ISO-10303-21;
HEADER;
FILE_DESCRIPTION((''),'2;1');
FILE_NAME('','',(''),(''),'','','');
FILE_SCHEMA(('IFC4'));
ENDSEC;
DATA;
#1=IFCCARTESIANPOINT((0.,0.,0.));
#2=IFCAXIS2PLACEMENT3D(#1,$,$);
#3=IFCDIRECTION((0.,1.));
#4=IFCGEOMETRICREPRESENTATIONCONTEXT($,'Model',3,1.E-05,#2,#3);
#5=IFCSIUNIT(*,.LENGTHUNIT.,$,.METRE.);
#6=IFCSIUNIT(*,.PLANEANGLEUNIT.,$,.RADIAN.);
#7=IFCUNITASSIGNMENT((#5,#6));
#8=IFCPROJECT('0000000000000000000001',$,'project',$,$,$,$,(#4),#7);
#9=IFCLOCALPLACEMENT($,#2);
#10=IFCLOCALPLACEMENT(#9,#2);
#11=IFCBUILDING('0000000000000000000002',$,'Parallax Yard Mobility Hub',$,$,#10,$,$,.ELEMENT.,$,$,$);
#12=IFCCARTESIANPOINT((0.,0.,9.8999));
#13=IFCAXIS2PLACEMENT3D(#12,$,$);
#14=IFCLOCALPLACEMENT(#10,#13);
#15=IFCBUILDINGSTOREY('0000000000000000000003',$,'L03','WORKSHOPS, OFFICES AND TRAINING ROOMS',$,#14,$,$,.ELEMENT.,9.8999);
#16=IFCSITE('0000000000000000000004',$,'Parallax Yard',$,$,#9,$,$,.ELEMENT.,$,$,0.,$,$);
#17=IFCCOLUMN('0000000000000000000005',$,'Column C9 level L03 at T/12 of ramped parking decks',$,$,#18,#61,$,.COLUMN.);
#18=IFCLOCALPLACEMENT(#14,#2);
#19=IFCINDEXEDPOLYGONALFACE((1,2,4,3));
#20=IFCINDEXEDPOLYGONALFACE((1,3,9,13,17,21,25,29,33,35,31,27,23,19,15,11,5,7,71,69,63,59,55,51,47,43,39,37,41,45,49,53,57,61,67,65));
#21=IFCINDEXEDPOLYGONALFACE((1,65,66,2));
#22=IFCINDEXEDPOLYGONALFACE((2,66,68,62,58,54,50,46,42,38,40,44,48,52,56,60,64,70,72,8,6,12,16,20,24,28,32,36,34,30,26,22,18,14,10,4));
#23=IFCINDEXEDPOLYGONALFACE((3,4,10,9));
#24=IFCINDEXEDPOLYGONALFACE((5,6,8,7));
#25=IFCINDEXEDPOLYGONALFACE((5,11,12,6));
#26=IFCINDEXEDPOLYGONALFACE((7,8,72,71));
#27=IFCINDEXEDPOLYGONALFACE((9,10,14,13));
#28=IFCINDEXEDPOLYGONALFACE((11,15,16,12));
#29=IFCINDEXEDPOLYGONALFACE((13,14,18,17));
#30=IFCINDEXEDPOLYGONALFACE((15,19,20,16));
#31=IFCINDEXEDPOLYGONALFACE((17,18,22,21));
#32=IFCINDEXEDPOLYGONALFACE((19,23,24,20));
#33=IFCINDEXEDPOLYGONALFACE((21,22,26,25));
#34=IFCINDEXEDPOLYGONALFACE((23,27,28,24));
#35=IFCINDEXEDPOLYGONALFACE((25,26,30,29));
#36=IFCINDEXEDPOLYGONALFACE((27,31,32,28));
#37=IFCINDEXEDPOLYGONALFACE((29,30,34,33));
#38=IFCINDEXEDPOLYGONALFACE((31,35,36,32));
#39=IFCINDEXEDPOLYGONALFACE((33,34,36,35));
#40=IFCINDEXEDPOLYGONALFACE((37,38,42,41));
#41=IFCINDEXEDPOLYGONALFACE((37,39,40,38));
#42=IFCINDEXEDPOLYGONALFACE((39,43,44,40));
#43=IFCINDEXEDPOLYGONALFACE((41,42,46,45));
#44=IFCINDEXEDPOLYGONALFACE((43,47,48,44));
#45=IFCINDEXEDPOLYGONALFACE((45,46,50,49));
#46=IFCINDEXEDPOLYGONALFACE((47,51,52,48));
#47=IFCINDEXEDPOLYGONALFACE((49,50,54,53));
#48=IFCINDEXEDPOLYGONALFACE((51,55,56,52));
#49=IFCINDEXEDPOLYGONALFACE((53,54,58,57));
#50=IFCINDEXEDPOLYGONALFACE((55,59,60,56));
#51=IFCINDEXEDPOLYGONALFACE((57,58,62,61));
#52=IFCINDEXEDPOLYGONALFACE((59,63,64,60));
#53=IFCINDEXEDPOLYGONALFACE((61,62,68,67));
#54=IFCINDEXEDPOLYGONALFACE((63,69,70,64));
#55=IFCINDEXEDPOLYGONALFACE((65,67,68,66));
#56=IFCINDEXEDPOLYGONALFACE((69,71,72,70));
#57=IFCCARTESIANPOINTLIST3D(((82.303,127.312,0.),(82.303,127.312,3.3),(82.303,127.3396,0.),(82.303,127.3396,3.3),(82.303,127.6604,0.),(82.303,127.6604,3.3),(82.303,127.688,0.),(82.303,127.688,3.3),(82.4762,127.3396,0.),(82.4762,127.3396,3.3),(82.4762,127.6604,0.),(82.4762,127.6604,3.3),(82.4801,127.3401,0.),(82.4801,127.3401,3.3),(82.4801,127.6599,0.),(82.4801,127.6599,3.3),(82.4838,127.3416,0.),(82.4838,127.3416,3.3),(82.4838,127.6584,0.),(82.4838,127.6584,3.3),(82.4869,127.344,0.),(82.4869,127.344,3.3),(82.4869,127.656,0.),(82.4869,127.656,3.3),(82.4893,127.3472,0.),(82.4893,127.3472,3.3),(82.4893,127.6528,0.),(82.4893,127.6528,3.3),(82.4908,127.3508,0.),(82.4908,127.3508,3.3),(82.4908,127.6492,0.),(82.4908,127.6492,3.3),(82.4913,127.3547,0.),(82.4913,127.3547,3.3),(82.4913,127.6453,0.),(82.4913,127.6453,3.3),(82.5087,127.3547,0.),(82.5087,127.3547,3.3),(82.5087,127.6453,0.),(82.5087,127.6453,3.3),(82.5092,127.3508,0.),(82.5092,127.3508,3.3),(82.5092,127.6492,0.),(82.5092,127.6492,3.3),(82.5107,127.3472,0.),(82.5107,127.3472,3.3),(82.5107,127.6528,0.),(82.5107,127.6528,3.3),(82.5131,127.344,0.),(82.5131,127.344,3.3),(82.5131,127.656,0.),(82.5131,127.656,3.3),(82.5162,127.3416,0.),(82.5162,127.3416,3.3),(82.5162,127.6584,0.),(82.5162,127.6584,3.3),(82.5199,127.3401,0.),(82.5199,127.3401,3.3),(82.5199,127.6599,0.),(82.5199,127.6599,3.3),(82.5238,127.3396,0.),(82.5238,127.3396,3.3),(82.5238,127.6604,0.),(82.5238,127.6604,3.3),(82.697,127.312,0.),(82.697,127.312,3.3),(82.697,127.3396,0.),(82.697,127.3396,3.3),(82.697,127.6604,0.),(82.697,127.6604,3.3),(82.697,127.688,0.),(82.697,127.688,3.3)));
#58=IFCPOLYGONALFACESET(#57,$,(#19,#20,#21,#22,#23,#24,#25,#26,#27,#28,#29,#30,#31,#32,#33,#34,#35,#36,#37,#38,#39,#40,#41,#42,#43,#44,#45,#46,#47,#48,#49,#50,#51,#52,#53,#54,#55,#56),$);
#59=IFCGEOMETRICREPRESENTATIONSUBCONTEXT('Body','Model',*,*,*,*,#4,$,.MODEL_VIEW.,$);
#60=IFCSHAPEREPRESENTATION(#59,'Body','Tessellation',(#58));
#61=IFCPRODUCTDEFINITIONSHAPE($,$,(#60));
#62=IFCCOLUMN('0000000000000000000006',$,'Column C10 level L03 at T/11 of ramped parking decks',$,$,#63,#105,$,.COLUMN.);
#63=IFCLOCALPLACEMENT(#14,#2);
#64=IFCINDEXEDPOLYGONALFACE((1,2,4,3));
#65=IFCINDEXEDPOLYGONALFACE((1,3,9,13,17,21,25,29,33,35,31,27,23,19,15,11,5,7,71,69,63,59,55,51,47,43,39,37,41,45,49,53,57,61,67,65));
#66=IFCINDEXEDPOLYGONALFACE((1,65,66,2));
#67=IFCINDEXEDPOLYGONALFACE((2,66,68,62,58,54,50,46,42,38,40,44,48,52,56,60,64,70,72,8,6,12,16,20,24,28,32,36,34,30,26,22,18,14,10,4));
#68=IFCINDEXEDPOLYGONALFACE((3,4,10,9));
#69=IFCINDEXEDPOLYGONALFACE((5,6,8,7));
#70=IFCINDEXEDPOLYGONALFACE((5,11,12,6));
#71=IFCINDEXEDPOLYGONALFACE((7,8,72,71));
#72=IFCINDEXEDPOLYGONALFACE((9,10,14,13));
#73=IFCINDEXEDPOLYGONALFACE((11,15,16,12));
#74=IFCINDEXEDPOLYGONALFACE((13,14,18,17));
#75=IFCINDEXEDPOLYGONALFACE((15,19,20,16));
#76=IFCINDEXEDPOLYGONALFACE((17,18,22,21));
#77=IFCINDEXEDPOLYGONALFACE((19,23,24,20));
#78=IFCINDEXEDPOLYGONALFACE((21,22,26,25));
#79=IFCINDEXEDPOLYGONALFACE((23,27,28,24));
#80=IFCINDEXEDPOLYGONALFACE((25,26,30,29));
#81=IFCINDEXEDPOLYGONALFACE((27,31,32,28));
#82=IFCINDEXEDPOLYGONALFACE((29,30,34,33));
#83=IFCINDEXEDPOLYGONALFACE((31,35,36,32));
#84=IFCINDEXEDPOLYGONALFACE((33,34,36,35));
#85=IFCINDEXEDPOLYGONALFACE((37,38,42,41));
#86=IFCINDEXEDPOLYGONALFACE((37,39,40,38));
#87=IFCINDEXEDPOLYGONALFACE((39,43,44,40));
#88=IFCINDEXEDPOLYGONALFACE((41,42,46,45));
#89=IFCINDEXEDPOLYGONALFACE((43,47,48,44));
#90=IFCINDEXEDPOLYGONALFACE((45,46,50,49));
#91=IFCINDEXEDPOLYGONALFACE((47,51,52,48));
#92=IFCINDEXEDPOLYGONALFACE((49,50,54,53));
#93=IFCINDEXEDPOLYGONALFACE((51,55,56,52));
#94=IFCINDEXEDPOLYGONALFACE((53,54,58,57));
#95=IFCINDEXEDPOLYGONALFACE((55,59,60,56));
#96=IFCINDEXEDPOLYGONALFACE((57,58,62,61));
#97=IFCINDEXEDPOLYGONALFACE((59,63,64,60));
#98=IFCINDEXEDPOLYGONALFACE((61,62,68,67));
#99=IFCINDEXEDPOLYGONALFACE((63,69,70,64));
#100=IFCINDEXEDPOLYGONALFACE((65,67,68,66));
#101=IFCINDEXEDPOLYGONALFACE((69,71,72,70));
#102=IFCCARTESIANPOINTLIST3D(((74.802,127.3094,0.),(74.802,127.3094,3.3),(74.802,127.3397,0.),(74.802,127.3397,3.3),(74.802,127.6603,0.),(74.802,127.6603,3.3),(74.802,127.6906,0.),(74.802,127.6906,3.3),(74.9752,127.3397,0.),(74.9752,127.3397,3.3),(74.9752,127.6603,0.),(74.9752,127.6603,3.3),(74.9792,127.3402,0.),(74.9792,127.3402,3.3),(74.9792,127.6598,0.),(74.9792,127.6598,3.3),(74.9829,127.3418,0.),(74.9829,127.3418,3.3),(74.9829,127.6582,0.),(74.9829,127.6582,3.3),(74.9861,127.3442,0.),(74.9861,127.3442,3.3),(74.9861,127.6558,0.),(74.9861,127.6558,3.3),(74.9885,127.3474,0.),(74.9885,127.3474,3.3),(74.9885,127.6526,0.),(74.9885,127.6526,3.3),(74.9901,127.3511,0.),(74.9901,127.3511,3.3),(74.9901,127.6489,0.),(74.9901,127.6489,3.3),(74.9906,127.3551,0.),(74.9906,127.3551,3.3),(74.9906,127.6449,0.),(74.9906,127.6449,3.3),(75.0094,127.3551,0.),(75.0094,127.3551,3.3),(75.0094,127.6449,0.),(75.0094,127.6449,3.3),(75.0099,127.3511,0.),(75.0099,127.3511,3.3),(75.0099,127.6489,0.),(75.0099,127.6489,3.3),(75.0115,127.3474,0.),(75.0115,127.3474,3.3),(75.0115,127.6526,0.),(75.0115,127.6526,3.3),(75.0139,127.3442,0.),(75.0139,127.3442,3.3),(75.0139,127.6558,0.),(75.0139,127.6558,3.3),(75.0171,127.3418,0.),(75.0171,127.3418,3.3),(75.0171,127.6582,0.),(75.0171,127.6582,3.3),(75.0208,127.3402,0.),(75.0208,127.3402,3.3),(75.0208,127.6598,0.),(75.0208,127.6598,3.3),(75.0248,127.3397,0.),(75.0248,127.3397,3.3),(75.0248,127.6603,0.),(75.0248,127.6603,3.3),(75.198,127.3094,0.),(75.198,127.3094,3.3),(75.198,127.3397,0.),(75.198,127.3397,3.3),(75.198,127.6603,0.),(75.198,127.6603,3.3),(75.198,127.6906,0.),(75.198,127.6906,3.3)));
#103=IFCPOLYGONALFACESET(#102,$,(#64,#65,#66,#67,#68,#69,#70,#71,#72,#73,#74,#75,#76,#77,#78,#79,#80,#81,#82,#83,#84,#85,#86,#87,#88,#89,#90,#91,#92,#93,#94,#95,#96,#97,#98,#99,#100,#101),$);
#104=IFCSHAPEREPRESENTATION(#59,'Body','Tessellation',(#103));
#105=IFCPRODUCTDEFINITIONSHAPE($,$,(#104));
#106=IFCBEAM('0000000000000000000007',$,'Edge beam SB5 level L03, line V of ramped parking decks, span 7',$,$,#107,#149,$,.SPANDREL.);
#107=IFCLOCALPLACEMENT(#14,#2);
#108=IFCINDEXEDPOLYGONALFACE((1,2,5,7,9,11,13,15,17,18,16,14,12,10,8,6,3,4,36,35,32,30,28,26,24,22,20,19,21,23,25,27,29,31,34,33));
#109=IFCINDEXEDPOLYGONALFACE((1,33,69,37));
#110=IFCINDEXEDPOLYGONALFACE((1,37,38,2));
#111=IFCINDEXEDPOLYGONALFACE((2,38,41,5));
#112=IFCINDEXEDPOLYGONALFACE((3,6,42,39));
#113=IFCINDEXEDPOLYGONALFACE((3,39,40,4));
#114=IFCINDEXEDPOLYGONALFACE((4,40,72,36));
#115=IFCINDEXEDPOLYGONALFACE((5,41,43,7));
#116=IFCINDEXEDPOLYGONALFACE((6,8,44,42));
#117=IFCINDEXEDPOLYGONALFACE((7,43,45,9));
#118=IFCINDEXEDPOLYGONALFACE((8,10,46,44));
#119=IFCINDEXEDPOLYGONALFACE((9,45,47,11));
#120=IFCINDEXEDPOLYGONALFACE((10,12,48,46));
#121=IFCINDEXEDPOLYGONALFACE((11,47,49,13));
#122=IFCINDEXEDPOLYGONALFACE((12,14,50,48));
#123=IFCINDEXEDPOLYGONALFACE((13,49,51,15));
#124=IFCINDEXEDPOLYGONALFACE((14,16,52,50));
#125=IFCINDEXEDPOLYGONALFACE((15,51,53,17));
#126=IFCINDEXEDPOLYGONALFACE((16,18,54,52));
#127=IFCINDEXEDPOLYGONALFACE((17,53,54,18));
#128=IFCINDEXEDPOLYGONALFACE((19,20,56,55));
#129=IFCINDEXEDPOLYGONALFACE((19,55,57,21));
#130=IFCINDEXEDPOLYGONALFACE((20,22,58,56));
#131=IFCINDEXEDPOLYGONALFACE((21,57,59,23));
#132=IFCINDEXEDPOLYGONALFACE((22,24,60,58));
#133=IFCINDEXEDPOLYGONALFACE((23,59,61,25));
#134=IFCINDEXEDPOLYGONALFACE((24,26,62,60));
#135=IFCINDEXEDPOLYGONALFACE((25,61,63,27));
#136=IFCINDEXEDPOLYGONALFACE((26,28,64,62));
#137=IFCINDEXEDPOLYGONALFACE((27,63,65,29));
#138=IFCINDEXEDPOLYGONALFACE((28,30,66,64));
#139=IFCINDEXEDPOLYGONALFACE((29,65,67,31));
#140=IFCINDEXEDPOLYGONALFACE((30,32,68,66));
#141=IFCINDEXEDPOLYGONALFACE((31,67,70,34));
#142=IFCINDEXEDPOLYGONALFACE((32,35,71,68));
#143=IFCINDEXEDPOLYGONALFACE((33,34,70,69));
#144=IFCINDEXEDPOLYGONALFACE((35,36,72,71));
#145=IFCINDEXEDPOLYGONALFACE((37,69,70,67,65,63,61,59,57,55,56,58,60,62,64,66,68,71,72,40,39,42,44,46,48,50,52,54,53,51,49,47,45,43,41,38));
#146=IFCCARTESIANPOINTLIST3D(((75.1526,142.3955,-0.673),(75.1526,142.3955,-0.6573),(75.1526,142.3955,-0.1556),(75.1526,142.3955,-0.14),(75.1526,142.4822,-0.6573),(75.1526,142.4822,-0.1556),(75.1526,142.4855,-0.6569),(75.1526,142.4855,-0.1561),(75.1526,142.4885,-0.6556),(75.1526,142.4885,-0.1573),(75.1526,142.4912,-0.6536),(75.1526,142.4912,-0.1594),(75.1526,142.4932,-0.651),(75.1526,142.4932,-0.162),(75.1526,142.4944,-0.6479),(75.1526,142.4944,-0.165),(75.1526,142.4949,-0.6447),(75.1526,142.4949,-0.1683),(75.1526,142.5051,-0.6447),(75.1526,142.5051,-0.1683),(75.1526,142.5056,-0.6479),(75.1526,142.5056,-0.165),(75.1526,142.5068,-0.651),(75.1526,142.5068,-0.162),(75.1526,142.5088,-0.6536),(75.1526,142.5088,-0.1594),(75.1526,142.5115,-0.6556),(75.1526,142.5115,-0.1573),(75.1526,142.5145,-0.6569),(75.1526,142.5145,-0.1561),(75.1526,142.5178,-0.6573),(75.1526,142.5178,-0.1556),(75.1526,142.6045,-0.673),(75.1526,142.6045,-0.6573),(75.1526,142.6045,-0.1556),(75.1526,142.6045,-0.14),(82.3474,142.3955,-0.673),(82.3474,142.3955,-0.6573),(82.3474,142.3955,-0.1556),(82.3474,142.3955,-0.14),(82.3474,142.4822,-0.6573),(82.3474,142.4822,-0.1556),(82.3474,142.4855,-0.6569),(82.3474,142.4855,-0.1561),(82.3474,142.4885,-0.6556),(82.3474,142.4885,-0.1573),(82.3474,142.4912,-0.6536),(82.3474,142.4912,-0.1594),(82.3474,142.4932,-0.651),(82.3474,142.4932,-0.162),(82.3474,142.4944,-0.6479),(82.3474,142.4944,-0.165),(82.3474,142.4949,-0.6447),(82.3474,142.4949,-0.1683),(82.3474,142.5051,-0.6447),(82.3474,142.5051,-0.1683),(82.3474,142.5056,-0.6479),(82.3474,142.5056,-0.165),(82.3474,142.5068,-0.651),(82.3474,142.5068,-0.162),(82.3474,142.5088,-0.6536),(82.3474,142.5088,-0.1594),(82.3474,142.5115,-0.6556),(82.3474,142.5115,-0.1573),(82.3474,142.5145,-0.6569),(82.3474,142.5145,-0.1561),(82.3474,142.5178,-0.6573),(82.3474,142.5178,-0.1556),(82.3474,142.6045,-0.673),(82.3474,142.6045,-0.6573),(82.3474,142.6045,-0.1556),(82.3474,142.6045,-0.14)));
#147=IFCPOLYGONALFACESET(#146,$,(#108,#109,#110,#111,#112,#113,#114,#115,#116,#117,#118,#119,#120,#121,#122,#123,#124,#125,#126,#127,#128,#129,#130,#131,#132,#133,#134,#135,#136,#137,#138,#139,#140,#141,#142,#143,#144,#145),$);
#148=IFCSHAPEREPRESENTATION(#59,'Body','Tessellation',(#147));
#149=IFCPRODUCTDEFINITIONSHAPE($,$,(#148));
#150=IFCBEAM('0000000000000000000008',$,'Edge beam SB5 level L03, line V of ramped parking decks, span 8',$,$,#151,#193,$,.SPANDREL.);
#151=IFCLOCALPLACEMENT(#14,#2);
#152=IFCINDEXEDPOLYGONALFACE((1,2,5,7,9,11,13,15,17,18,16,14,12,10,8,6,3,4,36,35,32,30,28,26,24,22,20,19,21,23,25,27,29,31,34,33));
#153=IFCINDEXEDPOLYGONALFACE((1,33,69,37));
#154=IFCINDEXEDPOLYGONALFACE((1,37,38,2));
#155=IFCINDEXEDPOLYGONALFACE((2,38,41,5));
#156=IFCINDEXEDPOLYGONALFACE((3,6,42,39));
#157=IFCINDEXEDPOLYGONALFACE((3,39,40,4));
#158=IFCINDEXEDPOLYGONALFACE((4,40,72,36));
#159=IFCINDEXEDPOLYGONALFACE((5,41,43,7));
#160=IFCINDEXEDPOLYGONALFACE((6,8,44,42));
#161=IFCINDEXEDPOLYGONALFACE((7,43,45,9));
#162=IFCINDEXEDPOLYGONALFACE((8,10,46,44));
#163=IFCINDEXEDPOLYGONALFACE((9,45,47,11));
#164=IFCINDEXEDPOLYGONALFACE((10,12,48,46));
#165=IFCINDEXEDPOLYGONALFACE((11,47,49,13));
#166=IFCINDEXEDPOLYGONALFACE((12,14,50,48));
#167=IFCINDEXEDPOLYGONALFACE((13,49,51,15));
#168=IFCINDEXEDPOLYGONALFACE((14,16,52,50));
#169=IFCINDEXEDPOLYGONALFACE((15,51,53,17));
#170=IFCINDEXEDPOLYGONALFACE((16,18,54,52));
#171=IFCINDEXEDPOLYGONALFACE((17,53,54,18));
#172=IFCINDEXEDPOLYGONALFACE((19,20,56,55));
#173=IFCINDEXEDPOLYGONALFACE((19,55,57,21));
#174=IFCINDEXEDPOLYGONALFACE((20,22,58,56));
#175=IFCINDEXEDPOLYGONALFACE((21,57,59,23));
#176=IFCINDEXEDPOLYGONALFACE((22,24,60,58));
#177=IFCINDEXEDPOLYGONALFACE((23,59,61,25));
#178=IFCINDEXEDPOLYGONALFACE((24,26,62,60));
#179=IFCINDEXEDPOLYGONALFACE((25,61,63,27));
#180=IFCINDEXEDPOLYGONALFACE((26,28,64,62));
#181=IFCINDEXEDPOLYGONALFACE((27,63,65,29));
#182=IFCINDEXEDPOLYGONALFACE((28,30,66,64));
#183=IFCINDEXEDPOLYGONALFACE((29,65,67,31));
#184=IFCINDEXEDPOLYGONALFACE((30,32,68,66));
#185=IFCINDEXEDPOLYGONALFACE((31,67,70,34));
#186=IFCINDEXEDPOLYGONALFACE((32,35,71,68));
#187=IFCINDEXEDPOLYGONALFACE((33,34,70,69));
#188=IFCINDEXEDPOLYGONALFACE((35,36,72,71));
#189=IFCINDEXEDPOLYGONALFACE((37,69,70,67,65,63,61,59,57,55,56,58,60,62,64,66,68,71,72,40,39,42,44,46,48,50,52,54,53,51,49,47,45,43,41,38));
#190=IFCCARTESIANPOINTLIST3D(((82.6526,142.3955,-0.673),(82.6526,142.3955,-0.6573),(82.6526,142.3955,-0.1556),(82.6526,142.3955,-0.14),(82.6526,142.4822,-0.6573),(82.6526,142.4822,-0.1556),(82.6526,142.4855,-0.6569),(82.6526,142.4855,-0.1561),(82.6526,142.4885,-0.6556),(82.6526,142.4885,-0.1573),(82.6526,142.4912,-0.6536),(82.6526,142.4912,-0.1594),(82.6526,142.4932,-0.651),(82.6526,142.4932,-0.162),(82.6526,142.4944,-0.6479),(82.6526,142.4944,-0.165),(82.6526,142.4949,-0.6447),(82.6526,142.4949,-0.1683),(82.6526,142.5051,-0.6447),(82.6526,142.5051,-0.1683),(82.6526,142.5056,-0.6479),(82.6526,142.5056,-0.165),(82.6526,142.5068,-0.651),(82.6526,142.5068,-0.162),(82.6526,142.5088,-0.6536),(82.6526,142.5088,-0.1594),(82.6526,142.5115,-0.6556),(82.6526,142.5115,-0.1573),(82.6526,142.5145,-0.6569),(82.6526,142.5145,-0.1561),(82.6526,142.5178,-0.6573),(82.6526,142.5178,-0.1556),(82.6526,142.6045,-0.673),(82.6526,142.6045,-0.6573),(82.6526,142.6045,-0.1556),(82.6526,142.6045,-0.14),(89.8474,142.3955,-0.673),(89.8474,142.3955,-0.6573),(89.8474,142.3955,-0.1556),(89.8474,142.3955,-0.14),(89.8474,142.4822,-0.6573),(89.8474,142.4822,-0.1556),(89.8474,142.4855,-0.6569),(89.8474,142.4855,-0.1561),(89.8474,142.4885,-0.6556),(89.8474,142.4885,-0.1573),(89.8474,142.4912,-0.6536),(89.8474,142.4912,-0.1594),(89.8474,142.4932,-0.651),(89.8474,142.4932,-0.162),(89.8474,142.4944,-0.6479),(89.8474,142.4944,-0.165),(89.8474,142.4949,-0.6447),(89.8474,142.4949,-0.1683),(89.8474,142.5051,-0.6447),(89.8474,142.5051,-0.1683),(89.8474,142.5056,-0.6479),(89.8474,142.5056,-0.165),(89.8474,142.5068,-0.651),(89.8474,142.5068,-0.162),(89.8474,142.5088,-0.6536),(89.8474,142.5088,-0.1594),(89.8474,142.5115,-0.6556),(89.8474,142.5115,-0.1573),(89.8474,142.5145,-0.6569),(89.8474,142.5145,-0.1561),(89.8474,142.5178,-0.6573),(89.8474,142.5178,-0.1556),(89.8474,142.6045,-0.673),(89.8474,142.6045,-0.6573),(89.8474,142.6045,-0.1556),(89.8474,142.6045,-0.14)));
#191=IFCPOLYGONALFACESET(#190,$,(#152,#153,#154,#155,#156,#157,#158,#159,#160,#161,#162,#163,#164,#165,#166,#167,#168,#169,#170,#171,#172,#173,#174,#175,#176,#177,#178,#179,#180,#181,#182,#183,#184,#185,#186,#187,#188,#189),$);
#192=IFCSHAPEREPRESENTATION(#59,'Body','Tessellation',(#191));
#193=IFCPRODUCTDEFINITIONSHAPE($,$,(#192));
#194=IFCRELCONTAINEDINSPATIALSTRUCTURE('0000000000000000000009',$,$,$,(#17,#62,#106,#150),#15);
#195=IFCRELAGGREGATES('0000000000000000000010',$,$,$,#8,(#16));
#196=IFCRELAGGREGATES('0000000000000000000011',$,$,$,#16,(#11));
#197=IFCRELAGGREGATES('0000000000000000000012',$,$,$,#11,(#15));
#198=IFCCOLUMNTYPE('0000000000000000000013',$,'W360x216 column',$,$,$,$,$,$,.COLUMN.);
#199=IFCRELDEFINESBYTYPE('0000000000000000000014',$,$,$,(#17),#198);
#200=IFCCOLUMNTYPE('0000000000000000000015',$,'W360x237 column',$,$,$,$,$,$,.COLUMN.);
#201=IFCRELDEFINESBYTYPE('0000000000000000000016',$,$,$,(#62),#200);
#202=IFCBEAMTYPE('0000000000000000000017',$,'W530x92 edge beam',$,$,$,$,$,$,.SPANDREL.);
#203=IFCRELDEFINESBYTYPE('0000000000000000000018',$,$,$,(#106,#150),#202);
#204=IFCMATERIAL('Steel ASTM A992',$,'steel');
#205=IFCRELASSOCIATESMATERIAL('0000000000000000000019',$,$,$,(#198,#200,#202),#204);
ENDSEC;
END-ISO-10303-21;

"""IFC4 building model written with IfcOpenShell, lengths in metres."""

from ifc_helpers import new_model, si_unit, direction, frame, origin, origin_2d, place, context, subcontext, project, spatial, i_section, extrude, material, material_profile, profile_set, type_object, element, save


model = new_model("IFC4")

# Units and contexts
model_context = context("Model", 3, precision=1e-05, world=origin(), true_north=direction((0.0, 1.0)))
body_context = subcontext(model_context, "Body", "Model", "MODEL_VIEW")
ifc_project = project(units=[si_unit("LENGTHUNIT", "METRE"), si_unit("PLANEANGLEUNIT", "RADIAN")], contexts=[model_context])

# Site, building, storey
site_placement = place(None, origin())
site = spatial("IfcSite", under=ifc_project, at=site_placement, Name="Parallax Yard", CompositionType="ELEMENT", RefElevation=0.0)
building_placement = place(site_placement, origin())
building = spatial("IfcBuilding", under=site, at=building_placement, Name="Parallax Yard Mobility Hub", CompositionType="ELEMENT")
storey_placement = place(building_placement, frame((0.0, 0.0, 9.8999)))
storey = spatial("IfcBuildingStorey", under=building, at=storey_placement, Name="L03", Description="WORKSHOPS, OFFICES AND TRAINING ROOMS", CompositionType="ELEMENT", Elevation=9.8999)

# Columns
ifc_material_1 = material(Name="Steel ASTM A992", Category="steel")
ifc_material_profile_1 = material_profile(ifc_material_1, i_section(OverallWidth=0.394, OverallDepth=0.376, WebThickness=0.0173, FlangeThickness=0.0276, FilletRadius=0.0151, at=origin_2d()), Name="W360x216")
ifc_profile_set_1 = profile_set([ifc_material_profile_1], Name="Steel ASTM A992")
column_type_1 = type_object("IfcColumnType", Name="W360x216 column", PredefinedType="COLUMN", material=ifc_profile_set_1)
column_1_placement = place(storey_placement, frame((82.5, 127.5, 0.0), z_axis=(0.0, 0.0, 1.0), x_axis=(1.0, 0.0, 0.0)))
element("IfcColumn", 1, at=column_1_placement, inside=storey, type_object=column_type_1, Name="Column C9 level L03 at T/12 of ramped parking decks", PredefinedType="COLUMN", context=body_context, shape_type="SweptSolid", body=[
    extrude(i_section(OverallWidth=0.394, OverallDepth=0.376, WebThickness=0.0173, FlangeThickness=0.0276, FilletRadius=0.0151, at=origin_2d()), origin(), (0.0, 0.0, 1.0), 3.3),
])
ifc_material_profile_2 = material_profile(ifc_material_1, i_section(OverallWidth=0.396, OverallDepth=0.3811, WebThickness=0.0188, FlangeThickness=0.0303, FilletRadius=0.0154, at=origin_2d()), Name="W360x237")
ifc_profile_set_2 = profile_set([ifc_material_profile_2], Name="Steel ASTM A992")
column_type_2 = type_object("IfcColumnType", Name="W360x237 column", PredefinedType="COLUMN", material=ifc_profile_set_2)
column_2_placement = place(storey_placement, frame((75.0, 127.5, 0.0), z_axis=(0.0, 0.0, 1.0), x_axis=(1.0, 0.0, 0.0)))
element("IfcColumn", 2, at=column_2_placement, inside=storey, type_object=column_type_2, Name="Column C10 level L03 at T/11 of ramped parking decks", PredefinedType="COLUMN", context=body_context, shape_type="SweptSolid", body=[
    extrude(i_section(OverallWidth=0.396, OverallDepth=0.3811, WebThickness=0.0188, FlangeThickness=0.0303, FilletRadius=0.0154, at=origin_2d()), origin(), (0.0, 0.0, 1.0), 3.3),
])

# Beams
ifc_material_profile_3 = material_profile(ifc_material_1, i_section(OverallWidth=0.209, OverallDepth=0.533, WebThickness=0.0103, FlangeThickness=0.0156, FilletRadius=0.0127, at=origin_2d()), Name="W530x92")
ifc_profile_set_3 = profile_set([ifc_material_profile_3], Name="Steel ASTM A992")
beam_type_1 = type_object("IfcBeamType", Name="W530x92 edge beam", PredefinedType="SPANDREL", material=ifc_profile_set_3)
for number, where, z_axis, x_axis, name in (
    (3, (75.1526, 142.5, -0.4065), (1.0, 0.0, 0.0), (0.0, 1.0, 0.0), "Edge beam SB5 level L03, line V of ramped parking decks, span 7"),
    (4, (82.6526, 142.5, -0.4065), (1.0, 0.0, 0.0), (0.0, 1.0, 0.0), "Edge beam SB5 level L03, line V of ramped parking decks, span 8"),
):
    element("IfcBeam", number, at=place(storey_placement, frame(where, z_axis=z_axis, x_axis=x_axis)), inside=storey, type_object=beam_type_1, Name=name, PredefinedType="SPANDREL", context=body_context, shape_type="SweptSolid", body=[
        extrude(i_section(OverallWidth=0.209, OverallDepth=0.533, WebThickness=0.0103, FlangeThickness=0.0156, FilletRadius=0.0127, at=origin_2d()), origin(), (0.0, 0.0, 1.0), 7.1948),
    ])

save(model, "model.ifc")
